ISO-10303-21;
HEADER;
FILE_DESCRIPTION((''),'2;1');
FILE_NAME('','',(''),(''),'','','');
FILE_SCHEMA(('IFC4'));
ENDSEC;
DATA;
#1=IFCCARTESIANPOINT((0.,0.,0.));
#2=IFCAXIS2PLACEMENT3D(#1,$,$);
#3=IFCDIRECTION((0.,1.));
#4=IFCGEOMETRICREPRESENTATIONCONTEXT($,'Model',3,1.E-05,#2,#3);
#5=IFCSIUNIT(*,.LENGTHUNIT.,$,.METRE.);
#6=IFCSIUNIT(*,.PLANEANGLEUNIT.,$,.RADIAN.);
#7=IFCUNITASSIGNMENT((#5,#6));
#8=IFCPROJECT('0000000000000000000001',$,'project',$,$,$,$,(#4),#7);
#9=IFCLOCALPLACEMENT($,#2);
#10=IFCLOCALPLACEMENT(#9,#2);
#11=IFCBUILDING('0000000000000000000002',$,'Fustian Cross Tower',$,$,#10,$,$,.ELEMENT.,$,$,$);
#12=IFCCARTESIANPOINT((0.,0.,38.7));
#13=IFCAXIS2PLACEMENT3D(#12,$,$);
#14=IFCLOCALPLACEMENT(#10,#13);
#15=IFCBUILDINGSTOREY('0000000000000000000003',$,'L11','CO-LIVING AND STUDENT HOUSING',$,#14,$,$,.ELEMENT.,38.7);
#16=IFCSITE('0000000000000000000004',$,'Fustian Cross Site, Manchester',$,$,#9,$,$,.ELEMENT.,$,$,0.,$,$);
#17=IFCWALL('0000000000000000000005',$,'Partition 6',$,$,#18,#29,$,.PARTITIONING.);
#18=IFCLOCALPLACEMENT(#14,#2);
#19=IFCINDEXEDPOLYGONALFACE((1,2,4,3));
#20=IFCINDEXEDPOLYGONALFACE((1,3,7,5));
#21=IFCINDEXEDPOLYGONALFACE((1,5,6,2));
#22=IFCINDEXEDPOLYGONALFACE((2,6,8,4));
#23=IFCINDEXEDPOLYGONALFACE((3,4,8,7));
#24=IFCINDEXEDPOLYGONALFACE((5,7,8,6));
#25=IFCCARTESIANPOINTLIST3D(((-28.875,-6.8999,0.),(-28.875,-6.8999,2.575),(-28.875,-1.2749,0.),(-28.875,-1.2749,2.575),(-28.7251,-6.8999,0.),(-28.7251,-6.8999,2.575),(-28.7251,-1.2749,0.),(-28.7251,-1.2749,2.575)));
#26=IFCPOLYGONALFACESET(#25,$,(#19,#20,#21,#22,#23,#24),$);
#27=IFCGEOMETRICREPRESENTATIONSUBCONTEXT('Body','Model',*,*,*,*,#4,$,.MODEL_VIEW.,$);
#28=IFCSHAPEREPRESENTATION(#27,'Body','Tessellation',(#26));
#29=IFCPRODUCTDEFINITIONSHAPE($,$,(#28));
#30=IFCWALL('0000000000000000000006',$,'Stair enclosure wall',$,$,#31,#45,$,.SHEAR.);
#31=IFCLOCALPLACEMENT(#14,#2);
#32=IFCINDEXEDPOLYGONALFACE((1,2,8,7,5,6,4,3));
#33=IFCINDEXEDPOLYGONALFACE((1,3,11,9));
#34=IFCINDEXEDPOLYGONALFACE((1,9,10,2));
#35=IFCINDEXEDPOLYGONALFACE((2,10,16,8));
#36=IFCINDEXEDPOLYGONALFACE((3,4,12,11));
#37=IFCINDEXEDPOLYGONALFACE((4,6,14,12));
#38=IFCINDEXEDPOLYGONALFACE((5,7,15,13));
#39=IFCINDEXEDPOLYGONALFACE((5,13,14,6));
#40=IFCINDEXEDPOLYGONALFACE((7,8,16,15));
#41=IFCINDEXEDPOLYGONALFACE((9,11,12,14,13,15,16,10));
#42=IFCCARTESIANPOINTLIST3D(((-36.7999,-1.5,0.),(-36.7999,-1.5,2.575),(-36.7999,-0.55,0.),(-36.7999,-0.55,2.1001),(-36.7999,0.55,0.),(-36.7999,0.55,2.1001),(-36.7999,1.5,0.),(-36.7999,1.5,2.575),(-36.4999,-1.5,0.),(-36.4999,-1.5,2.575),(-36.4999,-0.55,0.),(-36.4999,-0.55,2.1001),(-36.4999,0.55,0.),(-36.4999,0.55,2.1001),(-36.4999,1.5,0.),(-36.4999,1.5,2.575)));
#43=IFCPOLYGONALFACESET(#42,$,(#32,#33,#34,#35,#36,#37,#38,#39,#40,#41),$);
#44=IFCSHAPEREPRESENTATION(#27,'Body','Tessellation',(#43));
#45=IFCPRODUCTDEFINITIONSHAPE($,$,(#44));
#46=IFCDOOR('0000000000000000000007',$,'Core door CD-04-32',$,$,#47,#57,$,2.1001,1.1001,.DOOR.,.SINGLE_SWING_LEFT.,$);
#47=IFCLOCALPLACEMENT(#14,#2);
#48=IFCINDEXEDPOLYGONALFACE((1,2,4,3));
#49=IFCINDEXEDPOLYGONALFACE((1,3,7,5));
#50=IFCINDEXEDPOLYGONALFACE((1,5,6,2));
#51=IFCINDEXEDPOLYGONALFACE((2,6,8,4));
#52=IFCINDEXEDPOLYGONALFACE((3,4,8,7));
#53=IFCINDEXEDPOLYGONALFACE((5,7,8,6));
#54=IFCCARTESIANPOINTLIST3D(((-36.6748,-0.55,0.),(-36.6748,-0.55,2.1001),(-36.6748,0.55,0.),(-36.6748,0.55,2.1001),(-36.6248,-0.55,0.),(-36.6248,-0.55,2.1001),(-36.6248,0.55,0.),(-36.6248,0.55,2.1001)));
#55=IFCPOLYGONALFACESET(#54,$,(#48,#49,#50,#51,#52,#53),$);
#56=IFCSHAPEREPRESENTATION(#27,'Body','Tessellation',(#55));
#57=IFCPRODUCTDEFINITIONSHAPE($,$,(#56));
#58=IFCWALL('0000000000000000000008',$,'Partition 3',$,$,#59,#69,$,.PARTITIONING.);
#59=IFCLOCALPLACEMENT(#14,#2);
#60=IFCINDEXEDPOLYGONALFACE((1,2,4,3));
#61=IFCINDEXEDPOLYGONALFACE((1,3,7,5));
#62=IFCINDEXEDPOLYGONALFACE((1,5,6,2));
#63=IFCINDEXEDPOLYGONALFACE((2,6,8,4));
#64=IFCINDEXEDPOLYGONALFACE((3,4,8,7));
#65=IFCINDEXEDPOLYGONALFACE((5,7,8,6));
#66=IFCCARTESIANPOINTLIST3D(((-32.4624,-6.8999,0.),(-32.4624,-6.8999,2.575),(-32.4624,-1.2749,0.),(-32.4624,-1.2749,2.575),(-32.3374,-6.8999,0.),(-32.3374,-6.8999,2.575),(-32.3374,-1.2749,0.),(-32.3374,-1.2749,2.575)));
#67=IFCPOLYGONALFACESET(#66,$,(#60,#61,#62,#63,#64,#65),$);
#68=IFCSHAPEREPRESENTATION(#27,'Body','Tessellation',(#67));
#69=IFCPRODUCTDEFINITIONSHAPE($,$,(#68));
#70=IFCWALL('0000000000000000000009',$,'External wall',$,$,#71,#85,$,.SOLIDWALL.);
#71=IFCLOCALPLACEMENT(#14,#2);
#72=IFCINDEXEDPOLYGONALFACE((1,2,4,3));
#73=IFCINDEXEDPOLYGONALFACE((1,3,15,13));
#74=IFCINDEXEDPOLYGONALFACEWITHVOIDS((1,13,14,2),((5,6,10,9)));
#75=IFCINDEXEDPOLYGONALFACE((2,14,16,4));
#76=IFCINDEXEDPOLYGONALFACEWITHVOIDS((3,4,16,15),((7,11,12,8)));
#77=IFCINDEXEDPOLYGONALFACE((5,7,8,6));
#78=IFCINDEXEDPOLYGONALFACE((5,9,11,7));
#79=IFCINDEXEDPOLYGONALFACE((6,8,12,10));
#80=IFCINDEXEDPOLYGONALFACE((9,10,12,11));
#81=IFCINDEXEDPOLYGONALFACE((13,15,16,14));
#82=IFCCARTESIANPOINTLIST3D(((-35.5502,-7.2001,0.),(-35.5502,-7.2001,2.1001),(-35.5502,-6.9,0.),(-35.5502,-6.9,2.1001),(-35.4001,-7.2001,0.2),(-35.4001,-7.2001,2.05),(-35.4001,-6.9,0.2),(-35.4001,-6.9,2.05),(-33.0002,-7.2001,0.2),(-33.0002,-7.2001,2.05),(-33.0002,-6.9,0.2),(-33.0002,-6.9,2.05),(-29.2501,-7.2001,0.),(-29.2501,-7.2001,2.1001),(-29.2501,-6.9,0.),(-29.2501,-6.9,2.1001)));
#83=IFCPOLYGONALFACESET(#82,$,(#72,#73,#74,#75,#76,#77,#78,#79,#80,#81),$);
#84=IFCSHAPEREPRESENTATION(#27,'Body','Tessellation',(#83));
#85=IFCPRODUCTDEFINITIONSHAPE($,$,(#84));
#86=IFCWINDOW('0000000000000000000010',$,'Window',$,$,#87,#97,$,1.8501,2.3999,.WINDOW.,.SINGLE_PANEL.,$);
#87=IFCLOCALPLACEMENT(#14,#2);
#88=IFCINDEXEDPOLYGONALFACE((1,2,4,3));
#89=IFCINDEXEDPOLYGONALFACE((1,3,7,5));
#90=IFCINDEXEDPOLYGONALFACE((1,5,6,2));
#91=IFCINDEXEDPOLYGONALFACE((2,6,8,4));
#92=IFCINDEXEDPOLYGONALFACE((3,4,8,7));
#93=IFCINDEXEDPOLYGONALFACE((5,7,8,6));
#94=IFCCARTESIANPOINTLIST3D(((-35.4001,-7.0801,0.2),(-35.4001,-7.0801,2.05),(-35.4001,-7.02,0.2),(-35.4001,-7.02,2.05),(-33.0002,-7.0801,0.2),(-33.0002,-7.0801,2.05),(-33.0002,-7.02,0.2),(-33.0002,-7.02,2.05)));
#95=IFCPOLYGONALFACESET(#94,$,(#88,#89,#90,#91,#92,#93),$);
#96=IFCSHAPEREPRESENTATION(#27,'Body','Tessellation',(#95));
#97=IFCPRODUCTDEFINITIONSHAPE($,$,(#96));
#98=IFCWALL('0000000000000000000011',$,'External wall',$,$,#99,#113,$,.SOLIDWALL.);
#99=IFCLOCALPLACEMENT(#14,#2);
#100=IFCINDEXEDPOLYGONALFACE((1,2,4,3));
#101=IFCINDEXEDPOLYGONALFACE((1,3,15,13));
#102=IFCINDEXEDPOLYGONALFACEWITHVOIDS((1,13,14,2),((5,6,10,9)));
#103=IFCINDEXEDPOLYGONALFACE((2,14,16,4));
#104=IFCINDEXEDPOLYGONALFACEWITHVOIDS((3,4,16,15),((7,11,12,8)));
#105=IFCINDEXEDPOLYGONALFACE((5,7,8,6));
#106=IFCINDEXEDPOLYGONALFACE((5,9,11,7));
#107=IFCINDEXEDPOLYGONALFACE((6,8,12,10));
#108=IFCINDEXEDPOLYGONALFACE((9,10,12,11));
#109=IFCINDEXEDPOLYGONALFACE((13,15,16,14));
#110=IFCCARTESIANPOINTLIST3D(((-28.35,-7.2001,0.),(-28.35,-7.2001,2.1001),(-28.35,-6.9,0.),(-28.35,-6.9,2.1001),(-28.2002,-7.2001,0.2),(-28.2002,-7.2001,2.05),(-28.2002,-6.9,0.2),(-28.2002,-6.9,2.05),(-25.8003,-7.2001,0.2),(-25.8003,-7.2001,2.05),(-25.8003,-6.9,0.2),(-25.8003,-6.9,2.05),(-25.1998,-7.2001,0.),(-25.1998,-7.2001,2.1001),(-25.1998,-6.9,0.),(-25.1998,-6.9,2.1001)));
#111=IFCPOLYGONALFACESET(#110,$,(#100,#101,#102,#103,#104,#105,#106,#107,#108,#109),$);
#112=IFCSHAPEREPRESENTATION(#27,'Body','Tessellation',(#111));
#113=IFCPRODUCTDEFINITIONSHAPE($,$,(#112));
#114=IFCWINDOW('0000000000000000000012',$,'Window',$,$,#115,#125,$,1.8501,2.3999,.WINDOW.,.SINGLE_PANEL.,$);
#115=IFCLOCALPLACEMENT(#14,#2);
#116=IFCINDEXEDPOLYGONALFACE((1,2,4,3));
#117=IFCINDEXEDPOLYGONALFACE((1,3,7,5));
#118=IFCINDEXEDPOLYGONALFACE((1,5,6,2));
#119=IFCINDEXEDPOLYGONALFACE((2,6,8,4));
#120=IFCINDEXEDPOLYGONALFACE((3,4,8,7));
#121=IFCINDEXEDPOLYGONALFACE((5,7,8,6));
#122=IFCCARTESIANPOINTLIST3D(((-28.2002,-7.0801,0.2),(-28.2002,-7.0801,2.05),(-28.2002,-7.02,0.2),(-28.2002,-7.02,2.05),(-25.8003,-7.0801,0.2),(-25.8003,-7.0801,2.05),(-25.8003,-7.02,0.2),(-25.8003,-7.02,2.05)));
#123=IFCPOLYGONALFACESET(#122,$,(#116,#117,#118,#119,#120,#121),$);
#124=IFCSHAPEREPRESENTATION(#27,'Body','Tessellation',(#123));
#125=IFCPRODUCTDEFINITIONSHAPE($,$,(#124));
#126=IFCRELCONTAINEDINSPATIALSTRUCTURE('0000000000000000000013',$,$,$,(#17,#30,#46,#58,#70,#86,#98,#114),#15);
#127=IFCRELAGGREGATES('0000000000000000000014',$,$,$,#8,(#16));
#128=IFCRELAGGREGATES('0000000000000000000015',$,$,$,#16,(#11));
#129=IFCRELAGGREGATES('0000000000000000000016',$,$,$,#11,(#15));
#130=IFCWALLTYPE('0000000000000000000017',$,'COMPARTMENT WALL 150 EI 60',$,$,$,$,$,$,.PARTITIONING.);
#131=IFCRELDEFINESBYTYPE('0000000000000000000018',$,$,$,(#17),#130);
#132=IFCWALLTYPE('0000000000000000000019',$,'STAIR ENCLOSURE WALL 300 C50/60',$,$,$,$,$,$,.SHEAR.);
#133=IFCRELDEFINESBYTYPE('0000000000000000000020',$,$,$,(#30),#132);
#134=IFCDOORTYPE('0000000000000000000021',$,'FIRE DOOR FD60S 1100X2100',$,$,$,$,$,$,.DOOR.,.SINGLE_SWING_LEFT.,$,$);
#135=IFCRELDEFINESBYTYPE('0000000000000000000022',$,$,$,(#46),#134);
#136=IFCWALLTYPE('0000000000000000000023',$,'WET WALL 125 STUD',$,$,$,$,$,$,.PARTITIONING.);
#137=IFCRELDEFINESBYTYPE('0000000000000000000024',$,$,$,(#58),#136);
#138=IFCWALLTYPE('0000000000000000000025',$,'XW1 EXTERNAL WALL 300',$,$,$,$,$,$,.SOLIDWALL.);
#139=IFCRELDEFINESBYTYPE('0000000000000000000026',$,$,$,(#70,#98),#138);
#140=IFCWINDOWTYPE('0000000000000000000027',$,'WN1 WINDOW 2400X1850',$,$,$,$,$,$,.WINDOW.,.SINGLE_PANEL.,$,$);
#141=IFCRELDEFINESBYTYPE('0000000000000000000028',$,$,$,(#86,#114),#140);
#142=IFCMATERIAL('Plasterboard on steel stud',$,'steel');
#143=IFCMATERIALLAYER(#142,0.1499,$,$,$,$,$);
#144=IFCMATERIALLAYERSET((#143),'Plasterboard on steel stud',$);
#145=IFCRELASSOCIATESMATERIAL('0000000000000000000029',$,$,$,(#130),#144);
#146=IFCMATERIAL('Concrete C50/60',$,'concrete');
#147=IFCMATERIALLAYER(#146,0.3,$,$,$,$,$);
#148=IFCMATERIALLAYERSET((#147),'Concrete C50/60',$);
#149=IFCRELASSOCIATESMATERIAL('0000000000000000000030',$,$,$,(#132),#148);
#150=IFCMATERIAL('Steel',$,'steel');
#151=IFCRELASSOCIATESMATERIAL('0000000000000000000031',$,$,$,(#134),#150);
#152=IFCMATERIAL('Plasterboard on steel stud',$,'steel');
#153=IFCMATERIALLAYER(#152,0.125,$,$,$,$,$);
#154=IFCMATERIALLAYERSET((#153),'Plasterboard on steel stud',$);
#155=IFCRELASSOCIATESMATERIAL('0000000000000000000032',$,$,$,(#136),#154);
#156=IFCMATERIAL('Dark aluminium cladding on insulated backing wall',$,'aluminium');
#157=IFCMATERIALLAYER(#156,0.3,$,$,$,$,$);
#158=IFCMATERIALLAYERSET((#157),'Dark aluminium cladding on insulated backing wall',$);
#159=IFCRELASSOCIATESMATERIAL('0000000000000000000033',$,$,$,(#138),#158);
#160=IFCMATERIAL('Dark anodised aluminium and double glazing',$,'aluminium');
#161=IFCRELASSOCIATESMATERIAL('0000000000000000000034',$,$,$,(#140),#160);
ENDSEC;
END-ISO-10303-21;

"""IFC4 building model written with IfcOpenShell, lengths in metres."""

from ifc_helpers import new_model, si_unit, direction, frame, frame_2d, origin, place, context, subcontext, project, spatial, rectangle, extrude, material, layer, layer_set, type_object, element, fill, save


model = new_model("IFC4")

# Units and contexts
model_context = context("Model", 3, precision=1e-05, world=origin(), true_north=direction((0.0, 1.0)))
body_context = subcontext(model_context, "Body", "Model", "MODEL_VIEW")
ifc_project = project(units=[si_unit("LENGTHUNIT", "METRE"), si_unit("PLANEANGLEUNIT", "RADIAN")], contexts=[model_context])

# Site, building, storey
site_placement = place(None, origin())
site = spatial("IfcSite", under=ifc_project, at=site_placement, Name="Fustian Cross Site, Manchester", CompositionType="ELEMENT", RefElevation=0.0)
building_placement = place(site_placement, origin())
building = spatial("IfcBuilding", under=site, at=building_placement, Name="Fustian Cross Tower", CompositionType="ELEMENT")
storey_placement = place(building_placement, frame((0.0, 0.0, 38.7)))
storey = spatial("IfcBuildingStorey", under=building, at=storey_placement, Name="L11", Description="CO-LIVING AND STUDENT HOUSING", CompositionType="ELEMENT", Elevation=38.7)

# Shared definitions
ifc_material_1 = material(Name="Plasterboard on steel stud", Category="steel")
ifc_layer_1 = layer(ifc_material_1, 0.1499)
ifc_layer_set_1 = layer_set([ifc_layer_1], Name="Plasterboard on steel stud")
wall_type_1 = type_object("IfcWallType", Name="COMPARTMENT WALL 150 EI 60", PredefinedType="PARTITIONING", material=ifc_layer_set_1)

# Wall
for number, where, z_axis, x_axis, name in (
    (1, (-28.8, -6.8999, 0.0), (0.0, 0.0, 1.0), (0.0, 1.0, 0.0), "Partition 6"),
):
    element("IfcWall", number, at=place(storey_placement, frame(where, z_axis=z_axis, x_axis=x_axis)), inside=storey, type_object=wall_type_1, Name=name, PredefinedType="PARTITIONING", context=body_context, shape_type="SweptSolid", body=[
        extrude(rectangle(XDim=5.625, YDim=0.1499, at=frame_2d((2.8125, 0.0))), origin(), (0.0, 0.0, 1.0), 2.575),
    ])

# Wall, opening, door
ifc_material_2 = material(Name="Concrete C50/60", Category="concrete")
ifc_layer_2 = layer(ifc_material_2, 0.3)
ifc_layer_set_2 = layer_set([ifc_layer_2], Name="Concrete C50/60")
wall_type_2 = type_object("IfcWallType", Name="STAIR ENCLOSURE WALL 300 C50/60", PredefinedType="SHEAR", material=ifc_layer_set_2)
wall_1_placement = place(storey_placement, frame((-36.6499, -1.5, 0.0), z_axis=(0.0, 0.0, 1.0), x_axis=(0.0, 1.0, 0.0)))
wall_1 = element("IfcWall", 2, at=wall_1_placement, inside=storey, type_object=wall_type_2, Name="Stair enclosure wall", PredefinedType="SHEAR", context=body_context, shape_type="SweptSolid", body=[
    extrude(rectangle(XDim=3.0, YDim=0.3, at=frame_2d((1.5, 0.0))), origin(), (0.0, 0.0, 1.0), 2.575),
])
opening_1_placement = place(wall_1_placement, frame((0.95, 0.0, 0.0)))
opening_1 = element("IfcOpeningElement", 3, at=opening_1_placement, cuts=wall_1, PredefinedType="OPENING", context=body_context, shape_type="SweptSolid", body=[
    extrude(rectangle(XDim=1.1001, YDim=2.1001, at=frame_2d((0.55, 1.05))), frame((0.0, 0.1599, 0.0), z_axis=(0.0, -1.0, 0.0), x_axis=(1.0, 0.0, 0.0)), (0.0, 0.0, 1.0), 0.3201),
])
ifc_material_3 = material(Name="Steel", Category="steel")
door_type_1 = type_object("IfcDoorType", Name="FIRE DOOR FD60S 1100X2100", OperationType="SINGLE_SWING_LEFT", PredefinedType="DOOR", material=ifc_material_3)
door_1_placement = place(opening_1_placement, origin())
door_1 = element("IfcDoor", 4, at=door_1_placement, inside=storey, type_object=door_type_1, Name="Core door CD-04-32", OperationType="SINGLE_SWING_LEFT", OverallHeight=2.1001, OverallWidth=1.1001, PredefinedType="DOOR", context=body_context, shape_type="SweptSolid", body=[
    extrude(rectangle(XDim=1.1001, YDim=2.1001, at=frame_2d((0.55, 1.05))), frame((0.0, 0.0249, 0.0), z_axis=(0.0, -1.0, 0.0), x_axis=(1.0, 0.0, 0.0)), (0.0, 0.0, 1.0), 0.05),
])
fill(opening_1, door_1)

# Wall
ifc_material_4 = material(Name="Plasterboard on steel stud", Category="steel")
ifc_layer_3 = layer(ifc_material_4, 0.125)
ifc_layer_set_3 = layer_set([ifc_layer_3], Name="Plasterboard on steel stud")
wall_type_3 = type_object("IfcWallType", Name="WET WALL 125 STUD", PredefinedType="PARTITIONING", material=ifc_layer_set_3)
wall_2_placement = place(storey_placement, frame((-32.3999, -6.8999, 0.0), z_axis=(0.0, 0.0, 1.0), x_axis=(0.0, 1.0, 0.0)))
element("IfcWall", 5, at=wall_2_placement, inside=storey, type_object=wall_type_3, Name="Partition 3", PredefinedType="PARTITIONING", context=body_context, shape_type="SweptSolid", body=[
    extrude(rectangle(XDim=5.625, YDim=0.125, at=frame_2d((2.8125, 0.0))), origin(), (0.0, 0.0, 1.0), 2.575),
])

# Walls, openings, windows
ifc_material_5 = material(Name="Dark aluminium cladding on insulated backing wall", Category="aluminium")
ifc_layer_4 = layer(ifc_material_5, 0.3)
ifc_layer_set_4 = layer_set([ifc_layer_4], Name="Dark aluminium cladding on insulated backing wall")
wall_type_4 = type_object("IfcWallType", Name="XW1 EXTERNAL WALL 300", PredefinedType="SOLIDWALL", material=ifc_layer_set_4)
wall_3_placement = place(storey_placement, frame((-35.55, -7.05, 0.0), z_axis=(0.0, 0.0, 1.0), x_axis=(1.0, 0.0, 0.0)))
wall_3 = element("IfcWall", 6, at=wall_3_placement, inside=storey, type_object=wall_type_4, Name="External wall", PredefinedType="SOLIDWALL", context=body_context, shape_type="SweptSolid", body=[
    extrude(rectangle(XDim=6.3, YDim=0.3, at=frame_2d((3.1499, 0.0))), origin(), (0.0, 0.0, 1.0), 2.1001),
])
opening_2_placement = place(wall_3_placement, frame((0.1499, 0.0, 0.2)))
opening_2 = element("IfcOpeningElement", 7, at=opening_2_placement, cuts=wall_3, PredefinedType="OPENING", context=body_context, shape_type="SweptSolid", body=[
    extrude(rectangle(XDim=2.3999, YDim=1.8501, at=frame_2d((1.2, 0.925))), frame((0.0, 0.1599, 0.0), z_axis=(0.0, -1.0, 0.0), x_axis=(1.0, 0.0, 0.0)), (0.0, 0.0, 1.0), 0.3201),
])
ifc_material_6 = material(Name="Dark anodised aluminium and double glazing", Category="aluminium")
window_type = type_object("IfcWindowType", Name="WN1 WINDOW 2400X1850", PartitioningType="SINGLE_PANEL", PredefinedType="WINDOW", material=ifc_material_6)
window_1_placement = place(opening_2_placement, origin())
window_1 = element("IfcWindow", 8, at=window_1_placement, inside=storey, type_object=window_type, Name="Window", OverallHeight=1.8501, OverallWidth=2.3999, PartitioningType="SINGLE_PANEL", PredefinedType="WINDOW", context=body_context, shape_type="SweptSolid", body=[
    extrude(rectangle(XDim=2.3999, YDim=1.8501, at=frame_2d((1.2, 0.925))), frame((0.0, 0.03, 0.0), z_axis=(0.0, -1.0, 0.0), x_axis=(1.0, 0.0, 0.0)), (0.0, 0.0, 1.0), 0.0601),
])
fill(opening_2, window_1)
wall_4_placement = place(storey_placement, frame((-28.3501, -7.05, 0.0), z_axis=(0.0, 0.0, 1.0), x_axis=(1.0, 0.0, 0.0)))
wall_4 = element("IfcWall", 9, at=wall_4_placement, inside=storey, type_object=wall_type_4, Name="External wall", PredefinedType="SOLIDWALL", context=body_context, shape_type="SweptSolid", body=[
    extrude(rectangle(XDim=3.1501, YDim=0.3, at=frame_2d((1.5752, 0.0))), origin(), (0.0, 0.0, 1.0), 2.1001),
])
opening_3_placement = place(wall_4_placement, frame((0.1499, 0.0, 0.2)))
opening_3 = element("IfcOpeningElement", 10, at=opening_3_placement, cuts=wall_4, PredefinedType="OPENING", context=body_context, shape_type="SweptSolid", body=[
    extrude(rectangle(XDim=2.3999, YDim=1.8501, at=frame_2d((1.2, 0.925))), frame((0.0, 0.1599, 0.0), z_axis=(0.0, -1.0, 0.0), x_axis=(1.0, 0.0, 0.0)), (0.0, 0.0, 1.0), 0.3201),
])
window_2_placement = place(opening_3_placement, origin())
window_2 = element("IfcWindow", 11, at=window_2_placement, inside=storey, type_object=window_type, Name="Window", OverallHeight=1.8501, OverallWidth=2.3999, PartitioningType="SINGLE_PANEL", PredefinedType="WINDOW", context=body_context, shape_type="SweptSolid", body=[
    extrude(rectangle(XDim=2.3999, YDim=1.8501, at=frame_2d((1.2, 0.925))), frame((0.0, 0.03, 0.0), z_axis=(0.0, -1.0, 0.0), x_axis=(1.0, 0.0, 0.0)), (0.0, 0.0, 1.0), 0.0601),
])
fill(opening_3, window_2)

save(model, "model.ifc")
